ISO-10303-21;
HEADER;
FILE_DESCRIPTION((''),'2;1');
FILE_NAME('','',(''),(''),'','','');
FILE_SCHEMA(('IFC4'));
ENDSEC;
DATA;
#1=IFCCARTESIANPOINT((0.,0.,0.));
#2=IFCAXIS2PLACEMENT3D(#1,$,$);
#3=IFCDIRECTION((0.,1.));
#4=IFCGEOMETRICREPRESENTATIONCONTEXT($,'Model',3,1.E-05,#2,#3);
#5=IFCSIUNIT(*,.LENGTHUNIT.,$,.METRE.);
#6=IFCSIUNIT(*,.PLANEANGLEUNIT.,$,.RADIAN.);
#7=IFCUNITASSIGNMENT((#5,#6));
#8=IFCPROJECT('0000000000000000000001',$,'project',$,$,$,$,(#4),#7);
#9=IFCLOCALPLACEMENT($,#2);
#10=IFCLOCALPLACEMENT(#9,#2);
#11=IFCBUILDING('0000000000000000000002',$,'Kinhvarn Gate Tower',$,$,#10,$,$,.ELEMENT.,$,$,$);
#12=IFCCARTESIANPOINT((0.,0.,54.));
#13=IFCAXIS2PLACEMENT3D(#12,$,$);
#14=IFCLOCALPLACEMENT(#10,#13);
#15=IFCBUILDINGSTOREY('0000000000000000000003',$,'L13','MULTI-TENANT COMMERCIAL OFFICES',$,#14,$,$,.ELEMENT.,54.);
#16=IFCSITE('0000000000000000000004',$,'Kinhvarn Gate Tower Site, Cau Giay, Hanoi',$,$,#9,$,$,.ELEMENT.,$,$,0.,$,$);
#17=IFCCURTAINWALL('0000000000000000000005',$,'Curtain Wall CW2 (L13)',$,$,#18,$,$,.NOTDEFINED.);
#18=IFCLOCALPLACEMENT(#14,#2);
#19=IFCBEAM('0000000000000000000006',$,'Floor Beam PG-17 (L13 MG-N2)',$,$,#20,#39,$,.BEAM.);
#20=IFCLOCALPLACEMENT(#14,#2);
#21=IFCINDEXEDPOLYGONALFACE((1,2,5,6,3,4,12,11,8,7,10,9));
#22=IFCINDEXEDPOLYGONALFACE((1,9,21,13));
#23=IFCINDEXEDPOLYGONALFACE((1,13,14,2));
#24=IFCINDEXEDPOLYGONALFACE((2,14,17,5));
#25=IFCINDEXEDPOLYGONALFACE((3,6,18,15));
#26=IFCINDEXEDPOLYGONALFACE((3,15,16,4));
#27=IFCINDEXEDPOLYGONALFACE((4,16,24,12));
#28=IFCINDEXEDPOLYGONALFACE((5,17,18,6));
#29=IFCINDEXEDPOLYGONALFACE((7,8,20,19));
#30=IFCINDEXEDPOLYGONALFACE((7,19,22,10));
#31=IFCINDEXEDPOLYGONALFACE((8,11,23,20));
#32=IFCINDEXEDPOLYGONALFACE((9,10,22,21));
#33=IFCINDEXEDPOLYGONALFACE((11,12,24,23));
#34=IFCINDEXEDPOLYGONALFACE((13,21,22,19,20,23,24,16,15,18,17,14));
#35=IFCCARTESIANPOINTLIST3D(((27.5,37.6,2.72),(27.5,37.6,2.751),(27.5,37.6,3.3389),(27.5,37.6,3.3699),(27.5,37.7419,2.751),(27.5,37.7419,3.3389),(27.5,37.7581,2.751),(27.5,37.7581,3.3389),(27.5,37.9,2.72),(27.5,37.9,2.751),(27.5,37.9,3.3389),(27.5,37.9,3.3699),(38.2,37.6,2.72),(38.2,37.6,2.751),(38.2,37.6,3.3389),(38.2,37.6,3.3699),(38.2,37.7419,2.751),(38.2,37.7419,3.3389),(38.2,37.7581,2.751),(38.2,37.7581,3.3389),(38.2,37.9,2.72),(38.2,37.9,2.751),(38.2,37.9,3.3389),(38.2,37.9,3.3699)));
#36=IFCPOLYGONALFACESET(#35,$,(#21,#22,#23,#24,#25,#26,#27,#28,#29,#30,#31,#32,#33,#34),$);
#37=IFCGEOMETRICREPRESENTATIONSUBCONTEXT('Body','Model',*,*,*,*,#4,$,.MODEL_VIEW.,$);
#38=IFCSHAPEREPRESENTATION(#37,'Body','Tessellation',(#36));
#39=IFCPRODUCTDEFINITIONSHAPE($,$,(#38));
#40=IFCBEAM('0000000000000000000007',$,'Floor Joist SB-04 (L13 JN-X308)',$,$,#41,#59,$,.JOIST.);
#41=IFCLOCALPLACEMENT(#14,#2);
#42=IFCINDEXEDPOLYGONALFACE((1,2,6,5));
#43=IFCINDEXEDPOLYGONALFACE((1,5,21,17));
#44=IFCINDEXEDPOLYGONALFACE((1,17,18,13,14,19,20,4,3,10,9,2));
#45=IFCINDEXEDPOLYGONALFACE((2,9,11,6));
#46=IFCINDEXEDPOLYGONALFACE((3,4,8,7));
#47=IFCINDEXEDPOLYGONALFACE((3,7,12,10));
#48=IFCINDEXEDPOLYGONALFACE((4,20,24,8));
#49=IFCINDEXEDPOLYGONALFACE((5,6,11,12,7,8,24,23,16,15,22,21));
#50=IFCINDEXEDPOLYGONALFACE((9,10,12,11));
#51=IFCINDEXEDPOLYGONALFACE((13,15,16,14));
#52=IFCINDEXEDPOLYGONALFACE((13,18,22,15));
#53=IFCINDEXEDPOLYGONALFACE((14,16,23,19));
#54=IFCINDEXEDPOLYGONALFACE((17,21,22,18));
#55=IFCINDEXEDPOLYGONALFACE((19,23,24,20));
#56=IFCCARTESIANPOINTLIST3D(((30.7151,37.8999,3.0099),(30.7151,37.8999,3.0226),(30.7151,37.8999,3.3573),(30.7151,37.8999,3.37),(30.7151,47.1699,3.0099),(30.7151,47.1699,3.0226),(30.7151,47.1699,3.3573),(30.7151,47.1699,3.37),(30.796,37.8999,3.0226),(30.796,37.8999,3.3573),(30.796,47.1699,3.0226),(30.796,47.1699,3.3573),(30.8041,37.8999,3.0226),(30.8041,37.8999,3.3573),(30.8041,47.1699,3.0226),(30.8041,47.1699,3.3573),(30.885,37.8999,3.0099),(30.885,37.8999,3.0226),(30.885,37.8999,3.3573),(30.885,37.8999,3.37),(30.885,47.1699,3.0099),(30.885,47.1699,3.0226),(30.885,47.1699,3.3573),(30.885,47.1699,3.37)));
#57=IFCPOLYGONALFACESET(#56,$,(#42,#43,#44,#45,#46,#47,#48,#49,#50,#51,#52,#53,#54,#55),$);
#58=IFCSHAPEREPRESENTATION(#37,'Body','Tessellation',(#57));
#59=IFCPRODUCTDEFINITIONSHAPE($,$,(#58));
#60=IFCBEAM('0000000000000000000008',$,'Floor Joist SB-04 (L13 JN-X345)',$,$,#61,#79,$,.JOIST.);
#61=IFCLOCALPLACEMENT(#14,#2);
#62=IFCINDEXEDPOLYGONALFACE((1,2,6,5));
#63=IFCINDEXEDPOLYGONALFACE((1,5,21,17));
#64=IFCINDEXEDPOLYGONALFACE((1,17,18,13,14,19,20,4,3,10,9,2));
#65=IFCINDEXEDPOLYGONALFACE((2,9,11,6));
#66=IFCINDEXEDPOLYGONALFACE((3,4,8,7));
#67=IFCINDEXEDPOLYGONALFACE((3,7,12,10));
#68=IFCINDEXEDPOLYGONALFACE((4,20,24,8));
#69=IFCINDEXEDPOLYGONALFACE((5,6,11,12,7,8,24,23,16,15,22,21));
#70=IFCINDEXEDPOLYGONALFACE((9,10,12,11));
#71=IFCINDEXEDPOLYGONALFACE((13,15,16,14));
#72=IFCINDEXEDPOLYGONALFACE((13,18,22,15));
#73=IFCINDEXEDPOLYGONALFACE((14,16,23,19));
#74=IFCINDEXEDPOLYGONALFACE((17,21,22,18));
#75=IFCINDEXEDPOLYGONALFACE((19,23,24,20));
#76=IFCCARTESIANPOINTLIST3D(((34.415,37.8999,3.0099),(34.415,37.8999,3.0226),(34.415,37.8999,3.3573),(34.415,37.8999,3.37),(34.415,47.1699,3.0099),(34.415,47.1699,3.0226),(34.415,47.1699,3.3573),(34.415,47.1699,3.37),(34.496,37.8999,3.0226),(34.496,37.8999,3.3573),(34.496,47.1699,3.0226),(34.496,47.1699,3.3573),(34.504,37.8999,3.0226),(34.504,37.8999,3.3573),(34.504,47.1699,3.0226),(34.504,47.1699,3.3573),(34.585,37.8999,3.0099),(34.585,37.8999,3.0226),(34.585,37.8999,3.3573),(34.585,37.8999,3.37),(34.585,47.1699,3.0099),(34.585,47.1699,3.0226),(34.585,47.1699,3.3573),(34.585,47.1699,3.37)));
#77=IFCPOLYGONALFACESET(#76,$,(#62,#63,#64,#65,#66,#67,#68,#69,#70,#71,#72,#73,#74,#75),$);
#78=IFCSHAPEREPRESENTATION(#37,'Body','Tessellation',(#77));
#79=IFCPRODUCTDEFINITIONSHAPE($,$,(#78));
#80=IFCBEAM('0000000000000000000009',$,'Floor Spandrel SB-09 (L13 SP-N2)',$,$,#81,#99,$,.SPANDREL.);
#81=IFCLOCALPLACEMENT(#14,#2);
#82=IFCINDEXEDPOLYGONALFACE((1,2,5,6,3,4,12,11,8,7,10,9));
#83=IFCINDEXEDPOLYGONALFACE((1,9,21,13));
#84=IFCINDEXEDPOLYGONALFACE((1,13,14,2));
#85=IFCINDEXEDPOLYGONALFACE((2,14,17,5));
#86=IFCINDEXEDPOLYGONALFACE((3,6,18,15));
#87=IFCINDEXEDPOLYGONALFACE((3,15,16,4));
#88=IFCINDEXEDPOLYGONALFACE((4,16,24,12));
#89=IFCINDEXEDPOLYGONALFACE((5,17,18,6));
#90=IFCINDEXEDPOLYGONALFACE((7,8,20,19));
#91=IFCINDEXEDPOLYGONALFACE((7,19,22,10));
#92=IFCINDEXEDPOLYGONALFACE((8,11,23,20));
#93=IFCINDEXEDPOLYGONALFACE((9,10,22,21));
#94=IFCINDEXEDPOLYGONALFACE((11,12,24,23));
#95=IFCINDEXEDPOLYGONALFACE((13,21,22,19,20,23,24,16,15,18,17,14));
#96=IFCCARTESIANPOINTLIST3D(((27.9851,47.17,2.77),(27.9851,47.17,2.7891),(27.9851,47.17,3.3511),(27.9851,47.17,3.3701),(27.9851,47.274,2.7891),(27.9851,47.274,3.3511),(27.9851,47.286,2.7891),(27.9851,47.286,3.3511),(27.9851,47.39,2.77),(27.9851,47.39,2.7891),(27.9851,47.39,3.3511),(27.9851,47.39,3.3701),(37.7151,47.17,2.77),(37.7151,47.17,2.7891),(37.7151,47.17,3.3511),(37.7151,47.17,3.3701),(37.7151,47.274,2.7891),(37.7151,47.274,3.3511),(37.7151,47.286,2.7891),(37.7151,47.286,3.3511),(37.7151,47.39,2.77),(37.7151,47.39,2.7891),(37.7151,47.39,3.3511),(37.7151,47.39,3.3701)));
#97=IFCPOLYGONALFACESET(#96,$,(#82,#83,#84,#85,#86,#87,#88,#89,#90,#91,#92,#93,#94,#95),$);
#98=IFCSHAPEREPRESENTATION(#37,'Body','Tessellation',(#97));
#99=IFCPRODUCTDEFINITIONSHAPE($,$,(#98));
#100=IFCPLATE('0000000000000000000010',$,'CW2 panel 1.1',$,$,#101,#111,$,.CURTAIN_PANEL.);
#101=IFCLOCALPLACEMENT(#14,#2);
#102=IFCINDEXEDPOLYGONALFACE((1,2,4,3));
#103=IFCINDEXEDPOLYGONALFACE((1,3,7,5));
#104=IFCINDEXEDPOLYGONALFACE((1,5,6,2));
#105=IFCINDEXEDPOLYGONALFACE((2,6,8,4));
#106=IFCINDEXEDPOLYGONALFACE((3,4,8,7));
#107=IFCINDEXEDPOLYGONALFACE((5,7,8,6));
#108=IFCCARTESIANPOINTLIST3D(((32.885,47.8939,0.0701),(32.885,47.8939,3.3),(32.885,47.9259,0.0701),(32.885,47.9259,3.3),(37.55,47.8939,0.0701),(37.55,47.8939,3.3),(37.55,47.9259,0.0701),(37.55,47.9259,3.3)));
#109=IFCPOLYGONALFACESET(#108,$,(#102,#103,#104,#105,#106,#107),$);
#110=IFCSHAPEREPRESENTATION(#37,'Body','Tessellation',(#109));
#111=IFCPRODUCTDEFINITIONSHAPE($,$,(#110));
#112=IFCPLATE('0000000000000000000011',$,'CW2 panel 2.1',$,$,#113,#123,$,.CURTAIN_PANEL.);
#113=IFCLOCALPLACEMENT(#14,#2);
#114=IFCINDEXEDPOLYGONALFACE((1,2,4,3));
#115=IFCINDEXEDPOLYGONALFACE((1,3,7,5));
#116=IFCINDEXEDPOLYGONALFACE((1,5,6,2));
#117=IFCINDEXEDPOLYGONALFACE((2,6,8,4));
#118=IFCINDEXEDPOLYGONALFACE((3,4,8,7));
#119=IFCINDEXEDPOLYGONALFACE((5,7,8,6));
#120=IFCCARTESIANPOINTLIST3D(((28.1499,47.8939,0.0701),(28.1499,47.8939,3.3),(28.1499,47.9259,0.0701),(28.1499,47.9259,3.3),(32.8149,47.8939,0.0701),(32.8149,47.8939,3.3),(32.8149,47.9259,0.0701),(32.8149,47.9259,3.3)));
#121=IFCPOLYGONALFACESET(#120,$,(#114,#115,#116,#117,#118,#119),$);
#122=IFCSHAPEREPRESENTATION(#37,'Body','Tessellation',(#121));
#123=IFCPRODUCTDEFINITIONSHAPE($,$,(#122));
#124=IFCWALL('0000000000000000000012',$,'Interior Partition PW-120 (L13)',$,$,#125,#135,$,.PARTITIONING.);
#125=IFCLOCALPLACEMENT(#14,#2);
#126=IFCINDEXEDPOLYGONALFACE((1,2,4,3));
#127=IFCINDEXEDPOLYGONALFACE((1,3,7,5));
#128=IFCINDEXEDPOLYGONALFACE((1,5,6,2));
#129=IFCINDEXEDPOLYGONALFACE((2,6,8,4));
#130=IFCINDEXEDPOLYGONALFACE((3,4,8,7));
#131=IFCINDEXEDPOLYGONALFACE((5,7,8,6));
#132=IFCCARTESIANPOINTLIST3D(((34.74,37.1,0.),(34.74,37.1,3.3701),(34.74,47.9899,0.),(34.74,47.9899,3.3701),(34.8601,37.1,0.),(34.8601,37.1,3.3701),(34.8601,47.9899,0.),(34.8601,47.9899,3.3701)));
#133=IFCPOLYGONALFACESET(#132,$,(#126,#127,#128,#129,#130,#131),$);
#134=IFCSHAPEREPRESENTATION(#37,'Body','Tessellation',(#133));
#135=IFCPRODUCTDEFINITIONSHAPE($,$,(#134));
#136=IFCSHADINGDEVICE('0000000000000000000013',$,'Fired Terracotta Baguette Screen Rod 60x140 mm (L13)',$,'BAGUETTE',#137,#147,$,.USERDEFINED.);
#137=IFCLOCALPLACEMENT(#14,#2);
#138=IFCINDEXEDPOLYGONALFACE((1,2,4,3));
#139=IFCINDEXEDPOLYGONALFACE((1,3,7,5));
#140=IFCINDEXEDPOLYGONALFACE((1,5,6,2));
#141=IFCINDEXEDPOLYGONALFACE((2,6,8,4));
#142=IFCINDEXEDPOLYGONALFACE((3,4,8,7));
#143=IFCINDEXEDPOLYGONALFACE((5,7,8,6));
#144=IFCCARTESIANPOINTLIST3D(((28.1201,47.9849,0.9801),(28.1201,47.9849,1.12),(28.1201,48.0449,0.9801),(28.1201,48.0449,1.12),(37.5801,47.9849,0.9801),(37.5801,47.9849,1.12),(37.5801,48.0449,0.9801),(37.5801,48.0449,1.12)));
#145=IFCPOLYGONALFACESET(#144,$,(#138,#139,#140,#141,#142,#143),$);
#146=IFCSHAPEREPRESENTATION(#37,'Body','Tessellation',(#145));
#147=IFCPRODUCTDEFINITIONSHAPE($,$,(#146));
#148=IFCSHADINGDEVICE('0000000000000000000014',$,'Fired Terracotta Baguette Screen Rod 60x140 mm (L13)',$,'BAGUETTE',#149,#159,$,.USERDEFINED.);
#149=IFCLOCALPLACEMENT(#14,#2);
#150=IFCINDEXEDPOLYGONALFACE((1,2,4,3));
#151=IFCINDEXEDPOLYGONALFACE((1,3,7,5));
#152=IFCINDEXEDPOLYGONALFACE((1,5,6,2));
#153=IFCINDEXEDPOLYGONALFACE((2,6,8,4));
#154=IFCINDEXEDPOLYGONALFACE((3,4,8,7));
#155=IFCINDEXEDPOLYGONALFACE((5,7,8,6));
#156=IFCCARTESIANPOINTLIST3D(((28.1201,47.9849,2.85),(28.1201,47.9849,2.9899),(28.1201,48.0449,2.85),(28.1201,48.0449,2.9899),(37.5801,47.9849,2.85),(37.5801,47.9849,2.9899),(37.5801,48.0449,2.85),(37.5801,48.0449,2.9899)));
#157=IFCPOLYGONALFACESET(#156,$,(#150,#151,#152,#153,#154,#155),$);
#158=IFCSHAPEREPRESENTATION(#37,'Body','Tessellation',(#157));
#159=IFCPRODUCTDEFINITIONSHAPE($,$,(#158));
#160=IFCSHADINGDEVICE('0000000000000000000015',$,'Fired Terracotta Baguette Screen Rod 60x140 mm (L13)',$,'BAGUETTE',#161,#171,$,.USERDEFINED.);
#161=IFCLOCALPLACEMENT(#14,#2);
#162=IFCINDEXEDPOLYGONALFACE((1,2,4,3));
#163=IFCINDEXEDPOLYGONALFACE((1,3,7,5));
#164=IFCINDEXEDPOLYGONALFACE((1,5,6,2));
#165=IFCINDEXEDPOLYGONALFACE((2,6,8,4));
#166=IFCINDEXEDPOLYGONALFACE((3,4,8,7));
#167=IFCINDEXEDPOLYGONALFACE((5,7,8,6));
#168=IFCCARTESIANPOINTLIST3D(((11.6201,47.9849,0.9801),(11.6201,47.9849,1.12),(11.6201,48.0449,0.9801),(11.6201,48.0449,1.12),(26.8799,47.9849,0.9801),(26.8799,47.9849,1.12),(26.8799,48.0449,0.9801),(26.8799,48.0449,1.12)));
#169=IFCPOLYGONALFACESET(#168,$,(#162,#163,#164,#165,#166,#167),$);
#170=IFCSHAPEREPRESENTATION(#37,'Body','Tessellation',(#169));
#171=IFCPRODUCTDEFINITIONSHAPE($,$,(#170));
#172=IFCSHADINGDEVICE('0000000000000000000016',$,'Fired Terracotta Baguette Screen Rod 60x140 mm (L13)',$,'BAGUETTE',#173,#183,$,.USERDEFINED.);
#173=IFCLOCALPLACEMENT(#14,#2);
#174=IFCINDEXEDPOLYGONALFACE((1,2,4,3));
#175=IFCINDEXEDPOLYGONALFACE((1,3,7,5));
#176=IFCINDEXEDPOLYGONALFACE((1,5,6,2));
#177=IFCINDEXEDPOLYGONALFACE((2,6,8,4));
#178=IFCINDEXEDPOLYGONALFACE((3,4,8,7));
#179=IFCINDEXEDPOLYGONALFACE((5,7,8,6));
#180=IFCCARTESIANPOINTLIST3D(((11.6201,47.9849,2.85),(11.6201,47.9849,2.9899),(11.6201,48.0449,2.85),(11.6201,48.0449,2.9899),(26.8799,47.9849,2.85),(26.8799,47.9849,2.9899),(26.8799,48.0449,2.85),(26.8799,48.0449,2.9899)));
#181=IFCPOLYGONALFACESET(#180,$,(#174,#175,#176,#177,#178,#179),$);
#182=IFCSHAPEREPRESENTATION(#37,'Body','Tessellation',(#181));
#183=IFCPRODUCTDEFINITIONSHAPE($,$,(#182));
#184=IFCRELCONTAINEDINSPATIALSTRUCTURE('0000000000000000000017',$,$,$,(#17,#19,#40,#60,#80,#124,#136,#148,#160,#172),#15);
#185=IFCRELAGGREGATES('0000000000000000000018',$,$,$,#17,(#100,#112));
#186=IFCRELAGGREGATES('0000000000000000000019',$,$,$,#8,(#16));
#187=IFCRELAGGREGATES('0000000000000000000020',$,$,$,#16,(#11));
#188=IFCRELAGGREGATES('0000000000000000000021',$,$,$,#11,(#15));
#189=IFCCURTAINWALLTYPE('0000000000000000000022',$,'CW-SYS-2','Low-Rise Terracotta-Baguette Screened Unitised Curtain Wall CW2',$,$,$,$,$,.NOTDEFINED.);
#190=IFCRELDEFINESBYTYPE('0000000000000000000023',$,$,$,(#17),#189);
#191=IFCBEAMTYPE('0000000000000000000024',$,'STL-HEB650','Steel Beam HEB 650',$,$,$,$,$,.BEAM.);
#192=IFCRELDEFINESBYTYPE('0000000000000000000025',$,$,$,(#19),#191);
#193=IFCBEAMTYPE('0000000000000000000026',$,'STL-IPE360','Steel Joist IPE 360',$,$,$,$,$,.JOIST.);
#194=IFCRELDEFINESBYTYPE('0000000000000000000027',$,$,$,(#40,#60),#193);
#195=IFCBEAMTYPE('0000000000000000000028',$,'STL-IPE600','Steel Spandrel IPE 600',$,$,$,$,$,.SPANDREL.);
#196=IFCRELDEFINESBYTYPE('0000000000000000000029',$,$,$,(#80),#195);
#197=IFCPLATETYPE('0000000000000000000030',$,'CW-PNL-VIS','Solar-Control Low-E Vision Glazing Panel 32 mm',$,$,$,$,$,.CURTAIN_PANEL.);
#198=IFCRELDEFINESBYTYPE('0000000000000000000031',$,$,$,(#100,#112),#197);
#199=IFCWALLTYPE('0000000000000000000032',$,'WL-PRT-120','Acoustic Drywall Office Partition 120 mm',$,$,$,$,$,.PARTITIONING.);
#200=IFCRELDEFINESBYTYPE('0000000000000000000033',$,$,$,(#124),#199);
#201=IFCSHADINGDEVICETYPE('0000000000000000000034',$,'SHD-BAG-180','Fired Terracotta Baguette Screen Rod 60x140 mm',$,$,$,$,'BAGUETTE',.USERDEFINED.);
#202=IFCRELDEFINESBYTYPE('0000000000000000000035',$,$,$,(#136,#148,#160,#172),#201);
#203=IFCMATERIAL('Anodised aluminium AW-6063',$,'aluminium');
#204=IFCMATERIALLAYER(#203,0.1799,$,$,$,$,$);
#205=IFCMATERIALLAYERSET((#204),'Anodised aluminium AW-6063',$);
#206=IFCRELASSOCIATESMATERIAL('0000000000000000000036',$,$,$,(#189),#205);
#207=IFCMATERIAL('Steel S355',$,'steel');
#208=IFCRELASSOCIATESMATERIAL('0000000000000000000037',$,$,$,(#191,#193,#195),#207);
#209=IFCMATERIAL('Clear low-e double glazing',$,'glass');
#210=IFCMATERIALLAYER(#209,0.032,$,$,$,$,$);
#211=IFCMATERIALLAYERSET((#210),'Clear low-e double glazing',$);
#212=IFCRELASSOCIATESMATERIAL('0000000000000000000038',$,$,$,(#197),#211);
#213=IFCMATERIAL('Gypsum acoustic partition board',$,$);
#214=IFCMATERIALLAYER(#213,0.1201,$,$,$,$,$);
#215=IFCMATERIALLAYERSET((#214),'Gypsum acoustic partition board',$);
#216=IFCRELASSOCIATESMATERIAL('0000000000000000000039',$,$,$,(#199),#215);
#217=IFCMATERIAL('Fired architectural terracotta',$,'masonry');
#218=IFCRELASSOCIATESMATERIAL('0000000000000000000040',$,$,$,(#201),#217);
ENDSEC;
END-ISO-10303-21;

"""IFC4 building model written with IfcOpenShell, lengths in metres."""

from ifc_helpers import new_model, si_unit, direction, frame, frame_2d, origin, origin_2d, place, context, subcontext, project, spatial, rectangle, i_section, extrude, material, layer, layer_set, material_profile, profile_set, type_object, element, aggregate, save


model = new_model("IFC4")

# Units and contexts
model_context = context("Model", 3, precision=1e-05, world=origin(), true_north=direction((0.0, 1.0)))
body_context = subcontext(model_context, "Body", "Model", "MODEL_VIEW")
ifc_project = project(units=[si_unit("LENGTHUNIT", "METRE"), si_unit("PLANEANGLEUNIT", "RADIAN")], contexts=[model_context])

# Site, building, storey
site_placement = place(None, origin())
site = spatial("IfcSite", under=ifc_project, at=site_placement, Name="Kinhvarn Gate Tower Site, Cau Giay, Hanoi", CompositionType="ELEMENT", RefElevation=0.0)
building_placement = place(site_placement, origin())
building = spatial("IfcBuilding", under=site, at=building_placement, Name="Kinhvarn Gate Tower", CompositionType="ELEMENT")
storey_placement = place(building_placement, frame((0.0, 0.0, 54.0)))
storey = spatial("IfcBuildingStorey", under=building, at=storey_placement, Name="L13", Description="MULTI-TENANT COMMERCIAL OFFICES", CompositionType="ELEMENT", Elevation=54.0)

# Curtain wall
ifc_material_1 = material(Name="Anodised aluminium AW-6063", Category="aluminium")
ifc_layer_1 = layer(ifc_material_1, 0.1799)
ifc_layer_set_1 = layer_set([ifc_layer_1], Name="Anodised aluminium AW-6063")
curtain_wall_type = type_object("IfcCurtainWallType", Name="CW-SYS-2", Description="Low-Rise Terracotta-Baguette Screened Unitised Curtain Wall CW2", PredefinedType="NOTDEFINED", material=ifc_layer_set_1)
curtain_wall_1_placement = place(storey_placement, origin())
curtain_wall_1 = element("IfcCurtainWall", 1, at=curtain_wall_1_placement, inside=storey, type_object=curtain_wall_type, Name="Curtain Wall CW2 (L13)", PredefinedType="NOTDEFINED")

# Beams
ifc_material_2 = material(Name="Steel S355", Category="steel")
ifc_material_profile_1 = material_profile(ifc_material_2, i_section(OverallWidth=0.3, OverallDepth=0.6499, WebThickness=0.0161, FlangeThickness=0.031, at=origin_2d()), Name="HEB 650")
ifc_profile_set_1 = profile_set([ifc_material_profile_1], Name="Steel S355")
beam_type_1 = type_object("IfcBeamType", Name="STL-HEB650", Description="Steel Beam HEB 650", PredefinedType="BEAM", material=ifc_profile_set_1)
beam_1_placement = place(storey_placement, frame((27.5, 37.75, 3.0449), z_axis=(1.0, 0.0, 0.0), x_axis=(0.0, 1.0, 0.0)))
element("IfcBeam", 2, at=beam_1_placement, inside=storey, type_object=beam_type_1, Name="Floor Beam PG-17 (L13 MG-N2)", PredefinedType="BEAM", context=body_context, shape_type="SweptSolid", body=[
    extrude(i_section(OverallWidth=0.3, OverallDepth=0.6499, WebThickness=0.0161, FlangeThickness=0.031, at=origin_2d()), origin(), (0.0, 0.0, 1.0), 10.7),
])
ifc_material_profile_2 = material_profile(ifc_material_2, i_section(OverallWidth=0.1699, OverallDepth=0.3601, WebThickness=0.0081, FlangeThickness=0.0127, at=origin_2d()), Name="IPE 360")
ifc_profile_set_2 = profile_set([ifc_material_profile_2], Name="Steel S355")
beam_type_2 = type_object("IfcBeamType", Name="STL-IPE360", Description="Steel Joist IPE 360", PredefinedType="JOIST", material=ifc_profile_set_2)
for number, where, z_axis, x_axis, name in (
    (3, (30.8, 37.8999, 3.1899), (0.0, 1.0, 0.0), (-1.0, 0.0, 0.0), "Floor Joist SB-04 (L13 JN-X308)"),
    (4, (34.5, 37.8999, 3.1899), (0.0, 1.0, 0.0), (-1.0, 0.0, 0.0), "Floor Joist SB-04 (L13 JN-X345)"),
):
    element("IfcBeam", number, at=place(storey_placement, frame(where, z_axis=z_axis, x_axis=x_axis)), inside=storey, type_object=beam_type_2, Name=name, PredefinedType="JOIST", context=body_context, shape_type="SweptSolid", body=[
        extrude(i_section(OverallWidth=0.1699, OverallDepth=0.3601, WebThickness=0.0081, FlangeThickness=0.0127, at=origin_2d()), origin(), (0.0, 0.0, 1.0), 9.27),
    ])
ifc_material_profile_3 = material_profile(ifc_material_2, i_section(OverallWidth=0.22, OverallDepth=0.6001, WebThickness=0.012, FlangeThickness=0.019, at=origin_2d()), Name="IPE 600")
ifc_profile_set_3 = profile_set([ifc_material_profile_3], Name="Steel S355")
beam_type_3 = type_object("IfcBeamType", Name="STL-IPE600", Description="Steel Spandrel IPE 600", PredefinedType="SPANDREL", material=ifc_profile_set_3)
beam_2_placement = place(storey_placement, frame((27.9851, 47.28, 3.0701), z_axis=(1.0, 0.0, 0.0), x_axis=(0.0, 1.0, 0.0)))
element("IfcBeam", 5, at=beam_2_placement, inside=storey, type_object=beam_type_3, Name="Floor Spandrel SB-09 (L13 SP-N2)", PredefinedType="SPANDREL", context=body_context, shape_type="SweptSolid", body=[
    extrude(i_section(OverallWidth=0.22, OverallDepth=0.6001, WebThickness=0.012, FlangeThickness=0.019, at=origin_2d()), origin(), (0.0, 0.0, 1.0), 9.73),
])

# Plates
ifc_material_3 = material(Name="Clear low-e double glazing", Category="glass")
ifc_layer_2 = layer(ifc_material_3, 0.032)
ifc_layer_set_2 = layer_set([ifc_layer_2], Name="Clear low-e double glazing")
plate_type = type_object("IfcPlateType", Name="CW-PNL-VIS", Description="Solar-Control Low-E Vision Glazing Panel 32 mm", PredefinedType="CURTAIN_PANEL", material=ifc_layer_set_2)
plate_1_placement = place(storey_placement, frame((35.2175, 47.9099, 0.0701), z_axis=(0.0, 0.0, 1.0), x_axis=(-1.0, 0.0, 0.0)))
plate_1 = element("IfcPlate", 6, at=plate_1_placement, type_object=plate_type, Name="CW2 panel 1.1", PredefinedType="CURTAIN_PANEL", context=body_context, shape_type="SweptSolid", body=[
    extrude(rectangle(XDim=4.665, YDim=0.032, at=origin_2d()), origin(), (0.0, 0.0, 1.0), 3.23),
])
plate_2_placement = place(storey_placement, frame((30.4824, 47.9099, 0.0701), z_axis=(0.0, 0.0, 1.0), x_axis=(-1.0, 0.0, 0.0)))
plate_2 = element("IfcPlate", 7, at=plate_2_placement, type_object=plate_type, Name="CW2 panel 2.1", PredefinedType="CURTAIN_PANEL", context=body_context, shape_type="SweptSolid", body=[
    extrude(rectangle(XDim=4.665, YDim=0.032, at=origin_2d()), origin(), (0.0, 0.0, 1.0), 3.23),
])
aggregate(curtain_wall_1, [plate_1, plate_2])

# Wall
ifc_material_4 = material(Name="Gypsum acoustic partition board")
ifc_layer_3 = layer(ifc_material_4, 0.1201)
ifc_layer_set_3 = layer_set([ifc_layer_3], Name="Gypsum acoustic partition board")
wall_type = type_object("IfcWallType", Name="WL-PRT-120", Description="Acoustic Drywall Office Partition 120 mm", PredefinedType="PARTITIONING", material=ifc_layer_set_3)
wall_placement = place(storey_placement, frame((34.8, 37.1001, 0.0), z_axis=(0.0, 0.0, 1.0), x_axis=(0.0, 1.0, 0.0)))
element("IfcWall", 8, at=wall_placement, inside=storey, type_object=wall_type, Name="Interior Partition PW-120 (L13)", PredefinedType="PARTITIONING", context=body_context, shape_type="SweptSolid", body=[
    extrude(rectangle(XDim=10.8899, YDim=0.1201, at=frame_2d((5.4448, 0.0))), origin(), (0.0, 0.0, 1.0), 3.3701),
])

# Shading devices
ifc_material_5 = material(Name="Fired architectural terracotta", Category="masonry")
ifc_material_profile_4 = material_profile(ifc_material_5, rectangle(XDim=0.0601, YDim=0.1399, at=origin_2d()), Name="TC 60x140")
ifc_profile_set_4 = profile_set([ifc_material_profile_4], Name="Fired architectural terracotta")
shading_device_type = type_object("IfcShadingDeviceType", Name="SHD-BAG-180", Description="Fired Terracotta Baguette Screen Rod 60x140 mm", ElementType="BAGUETTE", PredefinedType="USERDEFINED", material=ifc_profile_set_4)
for number, where, z_axis, x_axis, name in (
    (9, (37.5801, 48.0149, 1.05), (-1.0, 0.0, 0.0), (0.0, -1.0, 0.0), "Fired Terracotta Baguette Screen Rod 60x140 mm (L13)"),
    (10, (37.5801, 48.0149, 2.9199), (-1.0, 0.0, 0.0), (0.0, -1.0, 0.0), "Fired Terracotta Baguette Screen Rod 60x140 mm (L13)"),
):
    element("IfcShadingDevice", number, at=place(storey_placement, frame(where, z_axis=z_axis, x_axis=x_axis)), inside=storey, type_object=shading_device_type, Name=name, ObjectType="BAGUETTE", PredefinedType="USERDEFINED", context=body_context, shape_type="SweptSolid", body=[
        extrude(rectangle(XDim=0.0601, YDim=0.1399, at=origin_2d()), origin(), (0.0, 0.0, 1.0), 9.46),
    ])
for number, where, z_axis, x_axis, name in (
    (11, (26.8799, 48.0149, 1.05), (-1.0, 0.0, 0.0), (0.0, -1.0, 0.0), "Fired Terracotta Baguette Screen Rod 60x140 mm (L13)"),
    (12, (26.8799, 48.0149, 2.9199), (-1.0, 0.0, 0.0), (0.0, -1.0, 0.0), "Fired Terracotta Baguette Screen Rod 60x140 mm (L13)"),
):
    element("IfcShadingDevice", number, at=place(storey_placement, frame(where, z_axis=z_axis, x_axis=x_axis)), inside=storey, type_object=shading_device_type, Name=name, ObjectType="BAGUETTE", PredefinedType="USERDEFINED", context=body_context, shape_type="SweptSolid", body=[
        extrude(rectangle(XDim=0.0601, YDim=0.1399, at=origin_2d()), origin(), (0.0, 0.0, 1.0), 15.2598),
    ])

save(model, "model.ifc")
